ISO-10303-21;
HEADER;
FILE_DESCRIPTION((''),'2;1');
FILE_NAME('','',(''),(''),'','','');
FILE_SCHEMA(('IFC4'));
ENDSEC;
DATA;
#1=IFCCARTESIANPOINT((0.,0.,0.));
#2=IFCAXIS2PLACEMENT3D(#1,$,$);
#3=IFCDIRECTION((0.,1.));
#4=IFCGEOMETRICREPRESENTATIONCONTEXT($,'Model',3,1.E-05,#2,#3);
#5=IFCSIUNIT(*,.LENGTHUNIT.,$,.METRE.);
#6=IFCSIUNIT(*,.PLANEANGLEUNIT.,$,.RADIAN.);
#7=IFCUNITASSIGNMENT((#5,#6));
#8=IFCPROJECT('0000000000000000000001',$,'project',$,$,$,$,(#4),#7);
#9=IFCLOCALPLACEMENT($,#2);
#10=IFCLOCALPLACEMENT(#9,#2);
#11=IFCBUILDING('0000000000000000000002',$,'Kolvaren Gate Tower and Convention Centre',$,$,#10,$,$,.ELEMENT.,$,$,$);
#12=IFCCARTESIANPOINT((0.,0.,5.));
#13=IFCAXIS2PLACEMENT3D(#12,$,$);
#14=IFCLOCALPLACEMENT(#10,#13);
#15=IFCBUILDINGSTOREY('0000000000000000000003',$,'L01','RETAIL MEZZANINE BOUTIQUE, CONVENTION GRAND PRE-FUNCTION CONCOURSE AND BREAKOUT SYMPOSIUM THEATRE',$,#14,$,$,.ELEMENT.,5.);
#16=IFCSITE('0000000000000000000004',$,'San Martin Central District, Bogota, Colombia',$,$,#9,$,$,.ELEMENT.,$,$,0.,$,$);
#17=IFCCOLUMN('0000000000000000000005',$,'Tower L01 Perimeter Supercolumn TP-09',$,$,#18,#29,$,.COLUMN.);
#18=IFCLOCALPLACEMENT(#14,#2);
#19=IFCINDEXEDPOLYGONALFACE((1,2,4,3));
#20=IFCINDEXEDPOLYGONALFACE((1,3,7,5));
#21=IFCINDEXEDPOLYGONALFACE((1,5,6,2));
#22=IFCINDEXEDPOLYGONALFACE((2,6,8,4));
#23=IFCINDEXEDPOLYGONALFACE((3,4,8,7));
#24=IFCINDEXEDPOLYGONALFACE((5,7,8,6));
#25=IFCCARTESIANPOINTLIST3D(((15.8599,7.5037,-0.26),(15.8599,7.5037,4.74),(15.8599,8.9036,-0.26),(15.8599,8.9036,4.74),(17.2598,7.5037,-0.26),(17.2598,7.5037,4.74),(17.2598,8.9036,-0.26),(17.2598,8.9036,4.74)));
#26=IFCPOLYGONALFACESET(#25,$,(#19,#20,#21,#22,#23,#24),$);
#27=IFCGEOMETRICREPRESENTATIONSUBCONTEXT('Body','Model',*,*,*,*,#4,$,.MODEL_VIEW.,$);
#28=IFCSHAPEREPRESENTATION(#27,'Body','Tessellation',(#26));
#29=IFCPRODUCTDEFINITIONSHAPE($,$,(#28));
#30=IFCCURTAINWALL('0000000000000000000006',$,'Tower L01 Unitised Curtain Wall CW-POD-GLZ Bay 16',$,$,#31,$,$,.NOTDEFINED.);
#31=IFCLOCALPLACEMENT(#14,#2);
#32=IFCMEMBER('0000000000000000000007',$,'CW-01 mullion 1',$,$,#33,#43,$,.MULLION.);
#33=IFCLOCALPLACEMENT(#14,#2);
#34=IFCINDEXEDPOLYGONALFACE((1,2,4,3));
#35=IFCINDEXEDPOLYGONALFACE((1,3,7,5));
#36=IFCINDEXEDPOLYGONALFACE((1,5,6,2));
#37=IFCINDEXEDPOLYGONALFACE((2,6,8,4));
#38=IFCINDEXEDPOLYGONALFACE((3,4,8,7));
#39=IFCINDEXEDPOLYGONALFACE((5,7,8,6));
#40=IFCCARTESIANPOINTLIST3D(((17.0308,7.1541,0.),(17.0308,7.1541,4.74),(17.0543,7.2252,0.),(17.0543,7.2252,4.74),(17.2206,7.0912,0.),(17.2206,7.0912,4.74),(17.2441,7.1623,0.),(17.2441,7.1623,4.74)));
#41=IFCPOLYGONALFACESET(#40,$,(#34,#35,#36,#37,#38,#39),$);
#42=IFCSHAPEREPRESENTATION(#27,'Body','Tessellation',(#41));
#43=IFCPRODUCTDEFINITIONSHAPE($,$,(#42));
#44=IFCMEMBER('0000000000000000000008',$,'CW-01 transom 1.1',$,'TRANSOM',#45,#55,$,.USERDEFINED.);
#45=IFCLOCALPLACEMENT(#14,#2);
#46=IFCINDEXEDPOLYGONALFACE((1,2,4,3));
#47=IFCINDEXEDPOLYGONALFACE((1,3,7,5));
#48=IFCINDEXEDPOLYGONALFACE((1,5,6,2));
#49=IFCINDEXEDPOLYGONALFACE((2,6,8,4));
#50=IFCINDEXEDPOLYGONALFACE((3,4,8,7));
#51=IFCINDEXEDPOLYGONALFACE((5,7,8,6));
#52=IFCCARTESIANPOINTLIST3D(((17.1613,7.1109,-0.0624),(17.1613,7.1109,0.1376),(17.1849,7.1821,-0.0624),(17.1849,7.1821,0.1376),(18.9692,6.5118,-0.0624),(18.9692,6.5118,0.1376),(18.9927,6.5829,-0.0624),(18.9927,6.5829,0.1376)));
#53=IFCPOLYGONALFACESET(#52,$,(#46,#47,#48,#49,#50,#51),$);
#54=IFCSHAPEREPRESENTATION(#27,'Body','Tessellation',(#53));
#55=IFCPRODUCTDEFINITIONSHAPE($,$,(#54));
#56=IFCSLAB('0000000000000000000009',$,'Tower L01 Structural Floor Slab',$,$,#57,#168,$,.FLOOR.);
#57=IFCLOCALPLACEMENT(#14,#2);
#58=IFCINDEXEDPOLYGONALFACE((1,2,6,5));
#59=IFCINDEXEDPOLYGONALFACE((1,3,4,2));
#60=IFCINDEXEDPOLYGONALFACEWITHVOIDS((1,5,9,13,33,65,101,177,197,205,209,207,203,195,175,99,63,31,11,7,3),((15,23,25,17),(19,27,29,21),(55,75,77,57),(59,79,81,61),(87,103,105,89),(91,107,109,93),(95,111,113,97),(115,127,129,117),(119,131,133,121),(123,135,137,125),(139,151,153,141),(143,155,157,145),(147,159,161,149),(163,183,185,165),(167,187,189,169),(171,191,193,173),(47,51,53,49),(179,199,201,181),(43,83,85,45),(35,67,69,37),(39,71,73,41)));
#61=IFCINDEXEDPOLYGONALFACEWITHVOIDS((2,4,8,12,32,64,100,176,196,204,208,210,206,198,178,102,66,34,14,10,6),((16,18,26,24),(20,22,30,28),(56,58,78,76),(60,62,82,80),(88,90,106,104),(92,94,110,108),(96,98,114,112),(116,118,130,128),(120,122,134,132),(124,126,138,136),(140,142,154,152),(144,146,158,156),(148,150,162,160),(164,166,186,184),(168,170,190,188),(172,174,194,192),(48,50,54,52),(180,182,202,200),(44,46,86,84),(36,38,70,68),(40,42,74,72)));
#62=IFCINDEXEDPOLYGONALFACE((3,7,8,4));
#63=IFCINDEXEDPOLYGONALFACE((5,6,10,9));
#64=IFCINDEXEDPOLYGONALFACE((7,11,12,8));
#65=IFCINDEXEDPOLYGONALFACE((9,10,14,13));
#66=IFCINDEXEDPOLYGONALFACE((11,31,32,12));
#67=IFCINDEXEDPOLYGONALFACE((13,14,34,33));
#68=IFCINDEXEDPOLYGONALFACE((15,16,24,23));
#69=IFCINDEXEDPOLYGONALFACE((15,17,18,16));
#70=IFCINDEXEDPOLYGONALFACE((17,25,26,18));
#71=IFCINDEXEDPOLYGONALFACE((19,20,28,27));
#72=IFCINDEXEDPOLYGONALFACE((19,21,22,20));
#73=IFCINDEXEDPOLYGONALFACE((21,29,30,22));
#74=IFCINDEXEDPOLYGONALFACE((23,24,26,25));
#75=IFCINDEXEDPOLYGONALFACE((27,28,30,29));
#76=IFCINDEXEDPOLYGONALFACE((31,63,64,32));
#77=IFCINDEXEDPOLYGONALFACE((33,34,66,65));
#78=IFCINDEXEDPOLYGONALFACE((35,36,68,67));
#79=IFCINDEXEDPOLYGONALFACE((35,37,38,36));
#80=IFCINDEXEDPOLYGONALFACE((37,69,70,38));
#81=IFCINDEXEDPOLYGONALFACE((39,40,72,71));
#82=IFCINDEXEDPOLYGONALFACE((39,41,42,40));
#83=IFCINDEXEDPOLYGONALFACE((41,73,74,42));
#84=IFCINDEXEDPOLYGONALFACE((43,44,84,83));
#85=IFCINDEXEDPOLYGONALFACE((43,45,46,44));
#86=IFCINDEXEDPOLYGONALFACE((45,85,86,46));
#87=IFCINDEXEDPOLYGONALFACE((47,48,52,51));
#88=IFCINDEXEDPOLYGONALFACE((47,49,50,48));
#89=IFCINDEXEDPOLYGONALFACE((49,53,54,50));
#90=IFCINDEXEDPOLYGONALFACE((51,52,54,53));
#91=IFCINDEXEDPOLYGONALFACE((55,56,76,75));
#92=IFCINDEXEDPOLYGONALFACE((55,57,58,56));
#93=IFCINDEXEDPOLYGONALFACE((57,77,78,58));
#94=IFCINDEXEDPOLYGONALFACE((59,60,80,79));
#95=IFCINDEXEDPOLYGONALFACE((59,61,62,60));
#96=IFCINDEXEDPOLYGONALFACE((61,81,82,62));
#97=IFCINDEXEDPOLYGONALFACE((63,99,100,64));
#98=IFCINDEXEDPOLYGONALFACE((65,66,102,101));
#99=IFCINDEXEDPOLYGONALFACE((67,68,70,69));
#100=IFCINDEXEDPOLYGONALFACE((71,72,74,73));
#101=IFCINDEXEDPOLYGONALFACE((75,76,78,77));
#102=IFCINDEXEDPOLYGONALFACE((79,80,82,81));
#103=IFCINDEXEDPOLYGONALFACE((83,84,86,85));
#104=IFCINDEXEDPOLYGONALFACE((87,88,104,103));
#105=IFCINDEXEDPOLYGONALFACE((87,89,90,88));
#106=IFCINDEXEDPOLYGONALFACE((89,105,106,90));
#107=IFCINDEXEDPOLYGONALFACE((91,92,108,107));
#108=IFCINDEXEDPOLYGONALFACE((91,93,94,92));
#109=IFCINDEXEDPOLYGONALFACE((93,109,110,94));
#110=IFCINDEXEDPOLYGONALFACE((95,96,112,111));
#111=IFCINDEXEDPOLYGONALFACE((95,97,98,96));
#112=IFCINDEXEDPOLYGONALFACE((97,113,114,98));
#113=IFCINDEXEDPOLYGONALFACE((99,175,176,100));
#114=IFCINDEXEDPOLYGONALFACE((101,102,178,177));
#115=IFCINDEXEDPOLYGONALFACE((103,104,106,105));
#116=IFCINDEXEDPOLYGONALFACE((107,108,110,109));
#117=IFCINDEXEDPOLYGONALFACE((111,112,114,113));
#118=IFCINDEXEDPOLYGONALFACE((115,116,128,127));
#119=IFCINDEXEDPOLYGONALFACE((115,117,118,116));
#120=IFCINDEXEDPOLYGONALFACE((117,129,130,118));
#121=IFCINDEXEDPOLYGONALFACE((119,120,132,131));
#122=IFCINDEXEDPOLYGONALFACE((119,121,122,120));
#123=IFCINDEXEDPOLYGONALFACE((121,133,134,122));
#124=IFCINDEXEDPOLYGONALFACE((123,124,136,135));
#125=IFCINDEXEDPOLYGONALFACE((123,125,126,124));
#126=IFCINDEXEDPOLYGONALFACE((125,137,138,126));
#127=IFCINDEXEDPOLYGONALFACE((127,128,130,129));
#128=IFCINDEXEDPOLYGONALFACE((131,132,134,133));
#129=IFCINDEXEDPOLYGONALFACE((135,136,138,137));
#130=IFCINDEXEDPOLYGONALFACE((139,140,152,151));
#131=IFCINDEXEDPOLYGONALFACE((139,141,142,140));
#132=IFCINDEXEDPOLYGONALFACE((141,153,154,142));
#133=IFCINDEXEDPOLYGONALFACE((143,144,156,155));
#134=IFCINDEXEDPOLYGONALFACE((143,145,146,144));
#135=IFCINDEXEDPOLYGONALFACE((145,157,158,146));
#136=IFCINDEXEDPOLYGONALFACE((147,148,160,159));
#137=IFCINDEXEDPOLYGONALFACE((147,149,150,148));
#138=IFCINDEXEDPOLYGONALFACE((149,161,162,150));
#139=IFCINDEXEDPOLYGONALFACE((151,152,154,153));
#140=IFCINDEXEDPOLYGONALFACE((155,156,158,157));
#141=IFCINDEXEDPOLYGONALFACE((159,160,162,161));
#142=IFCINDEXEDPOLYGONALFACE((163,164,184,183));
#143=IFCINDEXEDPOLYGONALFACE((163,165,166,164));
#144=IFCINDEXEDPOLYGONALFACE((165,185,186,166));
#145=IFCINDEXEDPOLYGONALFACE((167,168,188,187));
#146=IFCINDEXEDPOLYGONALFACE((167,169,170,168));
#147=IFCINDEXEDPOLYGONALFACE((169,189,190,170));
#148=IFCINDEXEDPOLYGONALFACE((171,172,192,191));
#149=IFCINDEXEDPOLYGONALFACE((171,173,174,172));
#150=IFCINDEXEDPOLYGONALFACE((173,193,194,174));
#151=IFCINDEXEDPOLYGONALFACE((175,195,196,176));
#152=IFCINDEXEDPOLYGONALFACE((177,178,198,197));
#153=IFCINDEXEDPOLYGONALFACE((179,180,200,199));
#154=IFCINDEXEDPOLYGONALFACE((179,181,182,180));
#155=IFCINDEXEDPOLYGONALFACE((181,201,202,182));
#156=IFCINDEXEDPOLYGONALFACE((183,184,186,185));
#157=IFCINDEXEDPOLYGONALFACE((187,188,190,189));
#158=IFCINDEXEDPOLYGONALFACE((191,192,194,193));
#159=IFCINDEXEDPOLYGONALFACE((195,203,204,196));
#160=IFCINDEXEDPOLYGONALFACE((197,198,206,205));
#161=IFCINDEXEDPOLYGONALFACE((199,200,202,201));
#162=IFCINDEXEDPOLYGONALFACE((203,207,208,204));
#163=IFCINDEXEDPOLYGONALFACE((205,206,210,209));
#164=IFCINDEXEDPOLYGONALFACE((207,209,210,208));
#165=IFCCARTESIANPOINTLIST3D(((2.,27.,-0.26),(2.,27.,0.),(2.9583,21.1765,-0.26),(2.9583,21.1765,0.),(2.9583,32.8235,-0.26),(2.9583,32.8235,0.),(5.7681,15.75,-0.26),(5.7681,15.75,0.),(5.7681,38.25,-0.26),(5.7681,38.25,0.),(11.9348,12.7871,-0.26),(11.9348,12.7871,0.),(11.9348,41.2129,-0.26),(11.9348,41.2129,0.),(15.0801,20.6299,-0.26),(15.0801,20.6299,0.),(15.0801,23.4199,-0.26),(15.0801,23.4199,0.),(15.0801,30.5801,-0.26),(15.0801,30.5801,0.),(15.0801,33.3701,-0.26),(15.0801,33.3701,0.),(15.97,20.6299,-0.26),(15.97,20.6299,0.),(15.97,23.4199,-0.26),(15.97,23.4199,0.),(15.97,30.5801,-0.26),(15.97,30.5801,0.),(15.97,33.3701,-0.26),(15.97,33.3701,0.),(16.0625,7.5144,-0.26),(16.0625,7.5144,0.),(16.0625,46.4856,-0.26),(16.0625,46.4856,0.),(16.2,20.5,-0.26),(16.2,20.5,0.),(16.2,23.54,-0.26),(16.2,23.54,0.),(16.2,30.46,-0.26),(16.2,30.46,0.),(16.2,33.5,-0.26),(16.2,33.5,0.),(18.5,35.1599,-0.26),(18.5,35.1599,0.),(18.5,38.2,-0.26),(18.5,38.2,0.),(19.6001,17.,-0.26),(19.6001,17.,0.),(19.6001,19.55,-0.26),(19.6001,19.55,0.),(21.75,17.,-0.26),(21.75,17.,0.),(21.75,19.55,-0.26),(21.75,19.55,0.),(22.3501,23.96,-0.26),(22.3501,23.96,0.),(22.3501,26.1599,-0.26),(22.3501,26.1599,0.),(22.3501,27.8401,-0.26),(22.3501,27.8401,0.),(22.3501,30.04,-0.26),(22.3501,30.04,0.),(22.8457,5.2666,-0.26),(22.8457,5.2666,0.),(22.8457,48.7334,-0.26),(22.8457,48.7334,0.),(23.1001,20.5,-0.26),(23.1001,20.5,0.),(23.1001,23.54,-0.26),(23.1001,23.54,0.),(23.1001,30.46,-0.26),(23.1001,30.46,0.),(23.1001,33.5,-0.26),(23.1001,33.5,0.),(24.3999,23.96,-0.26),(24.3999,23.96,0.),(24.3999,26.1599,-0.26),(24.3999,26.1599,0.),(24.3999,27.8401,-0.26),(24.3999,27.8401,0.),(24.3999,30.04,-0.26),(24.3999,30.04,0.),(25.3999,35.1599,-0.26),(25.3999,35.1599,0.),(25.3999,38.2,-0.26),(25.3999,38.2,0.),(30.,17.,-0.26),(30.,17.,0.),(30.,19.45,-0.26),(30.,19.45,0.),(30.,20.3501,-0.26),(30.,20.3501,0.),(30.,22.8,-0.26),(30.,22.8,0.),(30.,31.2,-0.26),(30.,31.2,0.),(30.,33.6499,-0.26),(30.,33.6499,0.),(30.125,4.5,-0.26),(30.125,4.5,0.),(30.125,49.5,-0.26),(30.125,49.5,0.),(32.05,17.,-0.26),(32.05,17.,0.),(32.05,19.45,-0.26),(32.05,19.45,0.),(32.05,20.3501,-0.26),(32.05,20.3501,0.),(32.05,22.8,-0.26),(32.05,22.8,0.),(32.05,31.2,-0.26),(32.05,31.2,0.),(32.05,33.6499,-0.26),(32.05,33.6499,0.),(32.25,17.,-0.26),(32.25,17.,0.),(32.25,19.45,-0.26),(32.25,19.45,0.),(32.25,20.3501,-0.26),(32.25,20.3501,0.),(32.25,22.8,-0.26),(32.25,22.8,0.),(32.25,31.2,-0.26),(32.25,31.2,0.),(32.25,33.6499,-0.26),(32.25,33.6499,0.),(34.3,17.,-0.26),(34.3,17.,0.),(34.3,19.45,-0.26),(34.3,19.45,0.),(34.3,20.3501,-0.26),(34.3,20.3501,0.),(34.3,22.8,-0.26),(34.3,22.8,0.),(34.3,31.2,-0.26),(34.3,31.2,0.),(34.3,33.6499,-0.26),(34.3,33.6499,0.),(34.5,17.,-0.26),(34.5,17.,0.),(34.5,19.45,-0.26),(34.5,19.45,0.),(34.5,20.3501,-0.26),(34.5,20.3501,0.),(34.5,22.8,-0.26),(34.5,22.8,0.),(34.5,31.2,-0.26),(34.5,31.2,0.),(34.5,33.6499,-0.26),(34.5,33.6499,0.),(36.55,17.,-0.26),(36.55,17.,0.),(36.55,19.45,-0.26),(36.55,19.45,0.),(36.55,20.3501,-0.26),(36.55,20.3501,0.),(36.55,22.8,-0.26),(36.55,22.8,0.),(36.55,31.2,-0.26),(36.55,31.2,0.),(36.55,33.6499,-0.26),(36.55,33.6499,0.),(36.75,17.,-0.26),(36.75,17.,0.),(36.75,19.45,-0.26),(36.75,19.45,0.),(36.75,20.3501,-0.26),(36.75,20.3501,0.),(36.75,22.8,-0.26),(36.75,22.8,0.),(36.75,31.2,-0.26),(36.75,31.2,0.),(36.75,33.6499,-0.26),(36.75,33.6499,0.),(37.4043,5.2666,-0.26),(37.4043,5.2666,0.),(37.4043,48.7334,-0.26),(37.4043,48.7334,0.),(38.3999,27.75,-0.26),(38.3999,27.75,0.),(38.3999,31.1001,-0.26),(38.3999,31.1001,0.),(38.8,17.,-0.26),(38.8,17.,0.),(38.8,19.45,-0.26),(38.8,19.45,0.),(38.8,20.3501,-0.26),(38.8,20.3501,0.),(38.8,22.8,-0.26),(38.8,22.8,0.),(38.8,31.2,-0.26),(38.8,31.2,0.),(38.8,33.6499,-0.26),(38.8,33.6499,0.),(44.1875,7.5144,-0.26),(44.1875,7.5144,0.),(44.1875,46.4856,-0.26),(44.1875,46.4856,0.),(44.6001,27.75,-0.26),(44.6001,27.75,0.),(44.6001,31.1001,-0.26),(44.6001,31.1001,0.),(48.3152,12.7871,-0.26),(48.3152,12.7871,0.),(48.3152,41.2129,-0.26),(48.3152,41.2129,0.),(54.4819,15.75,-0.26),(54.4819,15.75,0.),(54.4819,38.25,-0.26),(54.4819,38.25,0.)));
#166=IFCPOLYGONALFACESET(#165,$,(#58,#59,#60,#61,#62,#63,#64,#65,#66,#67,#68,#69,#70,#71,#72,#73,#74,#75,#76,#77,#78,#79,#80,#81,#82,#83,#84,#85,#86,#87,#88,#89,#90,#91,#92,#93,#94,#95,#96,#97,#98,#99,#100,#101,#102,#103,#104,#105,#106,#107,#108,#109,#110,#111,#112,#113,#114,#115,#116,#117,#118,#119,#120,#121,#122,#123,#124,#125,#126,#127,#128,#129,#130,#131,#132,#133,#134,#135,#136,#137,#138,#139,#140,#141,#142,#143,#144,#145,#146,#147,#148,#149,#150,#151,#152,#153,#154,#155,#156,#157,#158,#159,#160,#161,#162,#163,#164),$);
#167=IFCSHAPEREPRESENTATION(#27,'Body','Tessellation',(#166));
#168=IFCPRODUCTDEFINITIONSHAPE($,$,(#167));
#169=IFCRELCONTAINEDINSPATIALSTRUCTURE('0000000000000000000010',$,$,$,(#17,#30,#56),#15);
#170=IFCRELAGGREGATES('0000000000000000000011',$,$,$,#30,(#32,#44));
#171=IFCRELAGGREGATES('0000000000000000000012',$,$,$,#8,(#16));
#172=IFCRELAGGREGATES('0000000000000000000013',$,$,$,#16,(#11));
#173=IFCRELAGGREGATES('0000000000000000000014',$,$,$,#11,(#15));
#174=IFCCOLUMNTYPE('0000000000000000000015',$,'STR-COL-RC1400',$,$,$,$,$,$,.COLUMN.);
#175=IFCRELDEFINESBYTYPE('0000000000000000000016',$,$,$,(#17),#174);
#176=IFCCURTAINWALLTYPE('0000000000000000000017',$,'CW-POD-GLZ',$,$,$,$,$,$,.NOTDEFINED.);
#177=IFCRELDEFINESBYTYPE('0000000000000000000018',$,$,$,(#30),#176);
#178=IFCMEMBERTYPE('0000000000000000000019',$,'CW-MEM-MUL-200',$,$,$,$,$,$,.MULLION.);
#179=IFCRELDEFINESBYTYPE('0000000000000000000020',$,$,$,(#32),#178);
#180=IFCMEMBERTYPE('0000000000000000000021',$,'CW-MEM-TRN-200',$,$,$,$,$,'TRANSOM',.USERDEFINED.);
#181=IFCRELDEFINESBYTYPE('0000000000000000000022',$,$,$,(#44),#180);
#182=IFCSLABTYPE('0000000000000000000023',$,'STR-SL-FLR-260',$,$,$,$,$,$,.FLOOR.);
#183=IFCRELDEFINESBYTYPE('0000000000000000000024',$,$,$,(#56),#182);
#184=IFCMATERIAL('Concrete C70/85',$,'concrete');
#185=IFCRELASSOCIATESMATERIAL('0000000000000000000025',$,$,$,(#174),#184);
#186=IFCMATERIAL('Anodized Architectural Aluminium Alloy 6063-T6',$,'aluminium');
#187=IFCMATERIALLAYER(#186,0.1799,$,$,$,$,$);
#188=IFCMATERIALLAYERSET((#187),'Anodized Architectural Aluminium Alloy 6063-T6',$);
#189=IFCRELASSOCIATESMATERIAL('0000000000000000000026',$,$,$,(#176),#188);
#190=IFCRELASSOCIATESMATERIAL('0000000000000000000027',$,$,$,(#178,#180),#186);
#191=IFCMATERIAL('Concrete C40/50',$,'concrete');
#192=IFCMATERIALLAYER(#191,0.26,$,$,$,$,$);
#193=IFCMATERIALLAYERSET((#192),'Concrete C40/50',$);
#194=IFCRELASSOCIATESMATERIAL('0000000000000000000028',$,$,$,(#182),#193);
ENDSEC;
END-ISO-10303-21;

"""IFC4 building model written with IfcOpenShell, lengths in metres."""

from ifc_helpers import new_model, si_unit, direction, frame, origin, origin_2d, place, context, subcontext, project, spatial, polyline, rectangle, outline, extrude, material, layer, layer_set, material_profile, profile_set, type_object, element, aggregate, save


model = new_model("IFC4")

# Units and contexts
model_context = context("Model", 3, precision=1e-05, world=origin(), true_north=direction((0.0, 1.0)))
body_context = subcontext(model_context, "Body", "Model", "MODEL_VIEW")
ifc_project = project(units=[si_unit("LENGTHUNIT", "METRE"), si_unit("PLANEANGLEUNIT", "RADIAN")], contexts=[model_context])

# Site, building, storey
site_placement = place(None, origin())
site = spatial("IfcSite", under=ifc_project, at=site_placement, Name="San Martin Central District, Bogota, Colombia", CompositionType="ELEMENT", RefElevation=0.0)
building_placement = place(site_placement, origin())
building = spatial("IfcBuilding", under=site, at=building_placement, Name="Kolvaren Gate Tower and Convention Centre", CompositionType="ELEMENT")
storey_placement = place(building_placement, frame((0.0, 0.0, 5.0)))
storey = spatial("IfcBuildingStorey", under=building, at=storey_placement, Name="L01", Description="RETAIL MEZZANINE BOUTIQUE, CONVENTION GRAND PRE-FUNCTION CONCOURSE AND BREAKOUT SYMPOSIUM THEATRE", CompositionType="ELEMENT", Elevation=5.0)

# Column
ifc_material_1 = material(Name="Concrete C70/85", Category="concrete")
ifc_material_profile_1 = material_profile(ifc_material_1, rectangle(XDim=1.3999, YDim=1.3999, at=origin_2d()), Name="RC-COL-1400X1400")
ifc_profile_set_1 = profile_set([ifc_material_profile_1], Name="Concrete C70/85")
column_type = type_object("IfcColumnType", Name="STR-COL-RC1400", PredefinedType="COLUMN", material=ifc_profile_set_1)
column_placement = place(storey_placement, frame((16.5598, 8.2036, -0.26), z_axis=(0.0, 0.0, 1.0), x_axis=(1.0, 0.0, 0.0)))
element("IfcColumn", 1, at=column_placement, inside=storey, type_object=column_type, Name="Tower L01 Perimeter Supercolumn TP-09", PredefinedType="COLUMN", context=body_context, shape_type="SweptSolid", body=[
    extrude(rectangle(XDim=1.3999, YDim=1.3999, at=origin_2d()), origin(), (0.0, 0.0, 1.0), 5.0),
])

# Curtain wall, members
ifc_material_2 = material(Name="Anodized Architectural Aluminium Alloy 6063-T6", Category="aluminium")
ifc_layer_1 = layer(ifc_material_2, 0.1799)
ifc_layer_set_1 = layer_set([ifc_layer_1], Name="Anodized Architectural Aluminium Alloy 6063-T6")
curtain_wall_type = type_object("IfcCurtainWallType", Name="CW-POD-GLZ", PredefinedType="NOTDEFINED", material=ifc_layer_set_1)
curtain_wall_placement = place(storey_placement, origin())
curtain_wall = element("IfcCurtainWall", 2, at=curtain_wall_placement, inside=storey, type_object=curtain_wall_type, Name="Tower L01 Unitised Curtain Wall CW-POD-GLZ Bay 16", PredefinedType="NOTDEFINED")
ifc_material_profile_2 = material_profile(ifc_material_2, rectangle(XDim=0.075, YDim=0.2, at=origin_2d()), Name="CW-MEM-MUL-200")
ifc_profile_set_2 = profile_set([ifc_material_profile_2], Name="Anodized Architectural Aluminium Alloy 6063-T6")
member_type_1 = type_object("IfcMemberType", Name="CW-MEM-MUL-200", PredefinedType="MULLION", material=ifc_profile_set_2)
member_1_placement = place(storey_placement, frame((17.1375, 7.1582, 0.0), z_axis=(0.0, 0.0, 1.0), x_axis=(0.314547, 0.949242, 0.0)))
member_1 = element("IfcMember", 3, at=member_1_placement, type_object=member_type_1, Name="CW-01 mullion 1", PredefinedType="MULLION", context=body_context, shape_type="SweptSolid", body=[
    extrude(rectangle(XDim=0.075, YDim=0.2, at=origin_2d()), origin(), (0.0, 0.0, 1.0), 4.74),
])
ifc_material_profile_3 = material_profile(ifc_material_2, rectangle(XDim=0.075, YDim=0.2, at=origin_2d()), Name="CW-MEM-TRN-200")
ifc_profile_set_3 = profile_set([ifc_material_profile_3], Name="Anodized Architectural Aluminium Alloy 6063-T6")
member_type_2 = type_object("IfcMemberType", Name="CW-MEM-TRN-200", ElementType="TRANSOM", PredefinedType="USERDEFINED", material=ifc_profile_set_3)
member_2_placement = place(storey_placement, frame((17.1731, 7.1465, 0.0376), z_axis=(0.949233, -0.314574, 0.0), x_axis=(0.314574, 0.949233, 0.0)))
member_2 = element("IfcMember", 4, at=member_2_placement, type_object=member_type_2, Name="CW-01 transom 1.1", ObjectType="TRANSOM", PredefinedType="USERDEFINED", context=body_context, shape_type="SweptSolid", body=[
    extrude(rectangle(XDim=0.075, YDim=0.2, at=origin_2d()), origin(), (0.0, 0.0, 1.0), 1.9045),
])
aggregate(curtain_wall, [member_1, member_2])

# Slab
ifc_material_3 = material(Name="Concrete C40/50", Category="concrete")
ifc_layer_2 = layer(ifc_material_3, 0.26)
ifc_layer_set_2 = layer_set([ifc_layer_2], Name="Concrete C40/50")
slab_type_1 = type_object("IfcSlabType", Name="STR-SL-FLR-260", PredefinedType="FLOOR", material=ifc_layer_set_2)
slab_1_placement = place(storey_placement, frame((0.0, 0.0, -0.26)))
element("IfcSlab", 5, at=slab_1_placement, inside=storey, type_object=slab_type_1, Name="Tower L01 Structural Floor Slab", PredefinedType="FLOOR", context=body_context, shape_type="SweptSolid", body=[
    extrude(outline(polyline([(54.4819, 38.25), (48.3152, 41.2129), (44.1875, 46.4856), (37.4043, 48.7334), (30.125, 49.5), (22.8457, 48.7334), (16.0625, 46.4856), (11.9348, 41.2129), (5.7681, 38.25), (2.9583, 32.8235), (2.0, 27.0), (2.9583, 21.1765), (5.7681, 15.75), (11.9348, 12.7871), (16.0625, 7.5144), (22.8457, 5.2666), (30.125, 4.5), (37.4043, 5.2666), (44.1875, 7.5144), (48.3152, 12.7871), (54.4819, 15.75), (54.4819, 38.25)]), holes=[polyline([(38.3999, 31.1001), (44.6001, 31.1001), (44.6001, 27.75), (38.3999, 27.75), (38.3999, 31.1001)]), polyline([(36.75, 33.6499), (38.8, 33.6499), (38.8, 31.2), (36.75, 31.2), (36.75, 33.6499)]), polyline([(36.75, 22.8), (38.8, 22.8), (38.8, 20.3501), (36.75, 20.3501), (36.75, 22.8)]), polyline([(36.75, 19.45), (38.8, 19.45), (38.8, 17.0), (36.75, 17.0), (36.75, 19.45)]), polyline([(34.5, 33.6499), (36.55, 33.6499), (36.55, 31.2), (34.5, 31.2), (34.5, 33.6499)]), polyline([(34.5, 20.3501), (34.5, 22.8), (36.55, 22.8), (36.55, 20.3501), (34.5, 20.3501)]), polyline([(34.5, 17.0), (34.5, 19.45), (36.55, 19.45), (36.55, 17.0), (34.5, 17.0)]), polyline([(32.25, 31.2), (32.25, 33.6499), (34.3, 33.6499), (34.3, 31.2), (32.25, 31.2)]), polyline([(32.25, 22.8), (34.3, 22.8), (34.3, 20.3501), (32.25, 20.3501), (32.25, 22.8)]), polyline([(32.25, 17.0), (32.25, 19.45), (34.3, 19.45), (34.3, 17.0), (32.25, 17.0)]), polyline([(30.0, 33.6499), (32.05, 33.6499), (32.05, 31.2), (30.0, 31.2), (30.0, 33.6499)]), polyline([(30.0, 20.3501), (30.0, 22.8), (32.05, 22.8), (32.05, 20.3501), (30.0, 20.3501)]), polyline([(30.0, 17.0), (30.0, 19.45), (32.05, 19.45), (32.05, 17.0), (30.0, 17.0)]), polyline([(25.3999, 38.2), (25.3999, 35.1599), (18.5, 35.1599), (18.5, 38.2), (25.3999, 38.2)]), polyline([(22.3501, 27.8401), (22.3501, 30.04), (24.3999, 30.04), (24.3999, 27.8401), (22.3501, 27.8401)]), polyline([(22.3501, 23.96), (22.3501, 26.1599), (24.3999, 26.1599), (24.3999, 23.96), (22.3501, 23.96)]), polyline([(23.1001, 30.46), (16.2, 30.46), (16.2, 33.5), (23.1001, 33.5), (23.1001, 30.46)]), polyline([(23.1001, 20.5), (16.2, 20.5), (16.2, 23.54), (23.1001, 23.54), (23.1001, 20.5)]), polyline([(19.6001, 17.0), (19.6001, 19.55), (21.75, 19.55), (21.75, 17.0), (19.6001, 17.0)]), polyline([(15.0801, 23.4199), (15.97, 23.4199), (15.97, 20.6299), (15.0801, 20.6299), (15.0801, 23.4199)]), polyline([(15.0801, 30.5801), (15.0801, 33.3701), (15.97, 33.3701), (15.97, 30.5801), (15.0801, 30.5801)])]), origin(), (0.0, 0.0, 1.0), 0.26),
])

save(model, "model.ifc")
